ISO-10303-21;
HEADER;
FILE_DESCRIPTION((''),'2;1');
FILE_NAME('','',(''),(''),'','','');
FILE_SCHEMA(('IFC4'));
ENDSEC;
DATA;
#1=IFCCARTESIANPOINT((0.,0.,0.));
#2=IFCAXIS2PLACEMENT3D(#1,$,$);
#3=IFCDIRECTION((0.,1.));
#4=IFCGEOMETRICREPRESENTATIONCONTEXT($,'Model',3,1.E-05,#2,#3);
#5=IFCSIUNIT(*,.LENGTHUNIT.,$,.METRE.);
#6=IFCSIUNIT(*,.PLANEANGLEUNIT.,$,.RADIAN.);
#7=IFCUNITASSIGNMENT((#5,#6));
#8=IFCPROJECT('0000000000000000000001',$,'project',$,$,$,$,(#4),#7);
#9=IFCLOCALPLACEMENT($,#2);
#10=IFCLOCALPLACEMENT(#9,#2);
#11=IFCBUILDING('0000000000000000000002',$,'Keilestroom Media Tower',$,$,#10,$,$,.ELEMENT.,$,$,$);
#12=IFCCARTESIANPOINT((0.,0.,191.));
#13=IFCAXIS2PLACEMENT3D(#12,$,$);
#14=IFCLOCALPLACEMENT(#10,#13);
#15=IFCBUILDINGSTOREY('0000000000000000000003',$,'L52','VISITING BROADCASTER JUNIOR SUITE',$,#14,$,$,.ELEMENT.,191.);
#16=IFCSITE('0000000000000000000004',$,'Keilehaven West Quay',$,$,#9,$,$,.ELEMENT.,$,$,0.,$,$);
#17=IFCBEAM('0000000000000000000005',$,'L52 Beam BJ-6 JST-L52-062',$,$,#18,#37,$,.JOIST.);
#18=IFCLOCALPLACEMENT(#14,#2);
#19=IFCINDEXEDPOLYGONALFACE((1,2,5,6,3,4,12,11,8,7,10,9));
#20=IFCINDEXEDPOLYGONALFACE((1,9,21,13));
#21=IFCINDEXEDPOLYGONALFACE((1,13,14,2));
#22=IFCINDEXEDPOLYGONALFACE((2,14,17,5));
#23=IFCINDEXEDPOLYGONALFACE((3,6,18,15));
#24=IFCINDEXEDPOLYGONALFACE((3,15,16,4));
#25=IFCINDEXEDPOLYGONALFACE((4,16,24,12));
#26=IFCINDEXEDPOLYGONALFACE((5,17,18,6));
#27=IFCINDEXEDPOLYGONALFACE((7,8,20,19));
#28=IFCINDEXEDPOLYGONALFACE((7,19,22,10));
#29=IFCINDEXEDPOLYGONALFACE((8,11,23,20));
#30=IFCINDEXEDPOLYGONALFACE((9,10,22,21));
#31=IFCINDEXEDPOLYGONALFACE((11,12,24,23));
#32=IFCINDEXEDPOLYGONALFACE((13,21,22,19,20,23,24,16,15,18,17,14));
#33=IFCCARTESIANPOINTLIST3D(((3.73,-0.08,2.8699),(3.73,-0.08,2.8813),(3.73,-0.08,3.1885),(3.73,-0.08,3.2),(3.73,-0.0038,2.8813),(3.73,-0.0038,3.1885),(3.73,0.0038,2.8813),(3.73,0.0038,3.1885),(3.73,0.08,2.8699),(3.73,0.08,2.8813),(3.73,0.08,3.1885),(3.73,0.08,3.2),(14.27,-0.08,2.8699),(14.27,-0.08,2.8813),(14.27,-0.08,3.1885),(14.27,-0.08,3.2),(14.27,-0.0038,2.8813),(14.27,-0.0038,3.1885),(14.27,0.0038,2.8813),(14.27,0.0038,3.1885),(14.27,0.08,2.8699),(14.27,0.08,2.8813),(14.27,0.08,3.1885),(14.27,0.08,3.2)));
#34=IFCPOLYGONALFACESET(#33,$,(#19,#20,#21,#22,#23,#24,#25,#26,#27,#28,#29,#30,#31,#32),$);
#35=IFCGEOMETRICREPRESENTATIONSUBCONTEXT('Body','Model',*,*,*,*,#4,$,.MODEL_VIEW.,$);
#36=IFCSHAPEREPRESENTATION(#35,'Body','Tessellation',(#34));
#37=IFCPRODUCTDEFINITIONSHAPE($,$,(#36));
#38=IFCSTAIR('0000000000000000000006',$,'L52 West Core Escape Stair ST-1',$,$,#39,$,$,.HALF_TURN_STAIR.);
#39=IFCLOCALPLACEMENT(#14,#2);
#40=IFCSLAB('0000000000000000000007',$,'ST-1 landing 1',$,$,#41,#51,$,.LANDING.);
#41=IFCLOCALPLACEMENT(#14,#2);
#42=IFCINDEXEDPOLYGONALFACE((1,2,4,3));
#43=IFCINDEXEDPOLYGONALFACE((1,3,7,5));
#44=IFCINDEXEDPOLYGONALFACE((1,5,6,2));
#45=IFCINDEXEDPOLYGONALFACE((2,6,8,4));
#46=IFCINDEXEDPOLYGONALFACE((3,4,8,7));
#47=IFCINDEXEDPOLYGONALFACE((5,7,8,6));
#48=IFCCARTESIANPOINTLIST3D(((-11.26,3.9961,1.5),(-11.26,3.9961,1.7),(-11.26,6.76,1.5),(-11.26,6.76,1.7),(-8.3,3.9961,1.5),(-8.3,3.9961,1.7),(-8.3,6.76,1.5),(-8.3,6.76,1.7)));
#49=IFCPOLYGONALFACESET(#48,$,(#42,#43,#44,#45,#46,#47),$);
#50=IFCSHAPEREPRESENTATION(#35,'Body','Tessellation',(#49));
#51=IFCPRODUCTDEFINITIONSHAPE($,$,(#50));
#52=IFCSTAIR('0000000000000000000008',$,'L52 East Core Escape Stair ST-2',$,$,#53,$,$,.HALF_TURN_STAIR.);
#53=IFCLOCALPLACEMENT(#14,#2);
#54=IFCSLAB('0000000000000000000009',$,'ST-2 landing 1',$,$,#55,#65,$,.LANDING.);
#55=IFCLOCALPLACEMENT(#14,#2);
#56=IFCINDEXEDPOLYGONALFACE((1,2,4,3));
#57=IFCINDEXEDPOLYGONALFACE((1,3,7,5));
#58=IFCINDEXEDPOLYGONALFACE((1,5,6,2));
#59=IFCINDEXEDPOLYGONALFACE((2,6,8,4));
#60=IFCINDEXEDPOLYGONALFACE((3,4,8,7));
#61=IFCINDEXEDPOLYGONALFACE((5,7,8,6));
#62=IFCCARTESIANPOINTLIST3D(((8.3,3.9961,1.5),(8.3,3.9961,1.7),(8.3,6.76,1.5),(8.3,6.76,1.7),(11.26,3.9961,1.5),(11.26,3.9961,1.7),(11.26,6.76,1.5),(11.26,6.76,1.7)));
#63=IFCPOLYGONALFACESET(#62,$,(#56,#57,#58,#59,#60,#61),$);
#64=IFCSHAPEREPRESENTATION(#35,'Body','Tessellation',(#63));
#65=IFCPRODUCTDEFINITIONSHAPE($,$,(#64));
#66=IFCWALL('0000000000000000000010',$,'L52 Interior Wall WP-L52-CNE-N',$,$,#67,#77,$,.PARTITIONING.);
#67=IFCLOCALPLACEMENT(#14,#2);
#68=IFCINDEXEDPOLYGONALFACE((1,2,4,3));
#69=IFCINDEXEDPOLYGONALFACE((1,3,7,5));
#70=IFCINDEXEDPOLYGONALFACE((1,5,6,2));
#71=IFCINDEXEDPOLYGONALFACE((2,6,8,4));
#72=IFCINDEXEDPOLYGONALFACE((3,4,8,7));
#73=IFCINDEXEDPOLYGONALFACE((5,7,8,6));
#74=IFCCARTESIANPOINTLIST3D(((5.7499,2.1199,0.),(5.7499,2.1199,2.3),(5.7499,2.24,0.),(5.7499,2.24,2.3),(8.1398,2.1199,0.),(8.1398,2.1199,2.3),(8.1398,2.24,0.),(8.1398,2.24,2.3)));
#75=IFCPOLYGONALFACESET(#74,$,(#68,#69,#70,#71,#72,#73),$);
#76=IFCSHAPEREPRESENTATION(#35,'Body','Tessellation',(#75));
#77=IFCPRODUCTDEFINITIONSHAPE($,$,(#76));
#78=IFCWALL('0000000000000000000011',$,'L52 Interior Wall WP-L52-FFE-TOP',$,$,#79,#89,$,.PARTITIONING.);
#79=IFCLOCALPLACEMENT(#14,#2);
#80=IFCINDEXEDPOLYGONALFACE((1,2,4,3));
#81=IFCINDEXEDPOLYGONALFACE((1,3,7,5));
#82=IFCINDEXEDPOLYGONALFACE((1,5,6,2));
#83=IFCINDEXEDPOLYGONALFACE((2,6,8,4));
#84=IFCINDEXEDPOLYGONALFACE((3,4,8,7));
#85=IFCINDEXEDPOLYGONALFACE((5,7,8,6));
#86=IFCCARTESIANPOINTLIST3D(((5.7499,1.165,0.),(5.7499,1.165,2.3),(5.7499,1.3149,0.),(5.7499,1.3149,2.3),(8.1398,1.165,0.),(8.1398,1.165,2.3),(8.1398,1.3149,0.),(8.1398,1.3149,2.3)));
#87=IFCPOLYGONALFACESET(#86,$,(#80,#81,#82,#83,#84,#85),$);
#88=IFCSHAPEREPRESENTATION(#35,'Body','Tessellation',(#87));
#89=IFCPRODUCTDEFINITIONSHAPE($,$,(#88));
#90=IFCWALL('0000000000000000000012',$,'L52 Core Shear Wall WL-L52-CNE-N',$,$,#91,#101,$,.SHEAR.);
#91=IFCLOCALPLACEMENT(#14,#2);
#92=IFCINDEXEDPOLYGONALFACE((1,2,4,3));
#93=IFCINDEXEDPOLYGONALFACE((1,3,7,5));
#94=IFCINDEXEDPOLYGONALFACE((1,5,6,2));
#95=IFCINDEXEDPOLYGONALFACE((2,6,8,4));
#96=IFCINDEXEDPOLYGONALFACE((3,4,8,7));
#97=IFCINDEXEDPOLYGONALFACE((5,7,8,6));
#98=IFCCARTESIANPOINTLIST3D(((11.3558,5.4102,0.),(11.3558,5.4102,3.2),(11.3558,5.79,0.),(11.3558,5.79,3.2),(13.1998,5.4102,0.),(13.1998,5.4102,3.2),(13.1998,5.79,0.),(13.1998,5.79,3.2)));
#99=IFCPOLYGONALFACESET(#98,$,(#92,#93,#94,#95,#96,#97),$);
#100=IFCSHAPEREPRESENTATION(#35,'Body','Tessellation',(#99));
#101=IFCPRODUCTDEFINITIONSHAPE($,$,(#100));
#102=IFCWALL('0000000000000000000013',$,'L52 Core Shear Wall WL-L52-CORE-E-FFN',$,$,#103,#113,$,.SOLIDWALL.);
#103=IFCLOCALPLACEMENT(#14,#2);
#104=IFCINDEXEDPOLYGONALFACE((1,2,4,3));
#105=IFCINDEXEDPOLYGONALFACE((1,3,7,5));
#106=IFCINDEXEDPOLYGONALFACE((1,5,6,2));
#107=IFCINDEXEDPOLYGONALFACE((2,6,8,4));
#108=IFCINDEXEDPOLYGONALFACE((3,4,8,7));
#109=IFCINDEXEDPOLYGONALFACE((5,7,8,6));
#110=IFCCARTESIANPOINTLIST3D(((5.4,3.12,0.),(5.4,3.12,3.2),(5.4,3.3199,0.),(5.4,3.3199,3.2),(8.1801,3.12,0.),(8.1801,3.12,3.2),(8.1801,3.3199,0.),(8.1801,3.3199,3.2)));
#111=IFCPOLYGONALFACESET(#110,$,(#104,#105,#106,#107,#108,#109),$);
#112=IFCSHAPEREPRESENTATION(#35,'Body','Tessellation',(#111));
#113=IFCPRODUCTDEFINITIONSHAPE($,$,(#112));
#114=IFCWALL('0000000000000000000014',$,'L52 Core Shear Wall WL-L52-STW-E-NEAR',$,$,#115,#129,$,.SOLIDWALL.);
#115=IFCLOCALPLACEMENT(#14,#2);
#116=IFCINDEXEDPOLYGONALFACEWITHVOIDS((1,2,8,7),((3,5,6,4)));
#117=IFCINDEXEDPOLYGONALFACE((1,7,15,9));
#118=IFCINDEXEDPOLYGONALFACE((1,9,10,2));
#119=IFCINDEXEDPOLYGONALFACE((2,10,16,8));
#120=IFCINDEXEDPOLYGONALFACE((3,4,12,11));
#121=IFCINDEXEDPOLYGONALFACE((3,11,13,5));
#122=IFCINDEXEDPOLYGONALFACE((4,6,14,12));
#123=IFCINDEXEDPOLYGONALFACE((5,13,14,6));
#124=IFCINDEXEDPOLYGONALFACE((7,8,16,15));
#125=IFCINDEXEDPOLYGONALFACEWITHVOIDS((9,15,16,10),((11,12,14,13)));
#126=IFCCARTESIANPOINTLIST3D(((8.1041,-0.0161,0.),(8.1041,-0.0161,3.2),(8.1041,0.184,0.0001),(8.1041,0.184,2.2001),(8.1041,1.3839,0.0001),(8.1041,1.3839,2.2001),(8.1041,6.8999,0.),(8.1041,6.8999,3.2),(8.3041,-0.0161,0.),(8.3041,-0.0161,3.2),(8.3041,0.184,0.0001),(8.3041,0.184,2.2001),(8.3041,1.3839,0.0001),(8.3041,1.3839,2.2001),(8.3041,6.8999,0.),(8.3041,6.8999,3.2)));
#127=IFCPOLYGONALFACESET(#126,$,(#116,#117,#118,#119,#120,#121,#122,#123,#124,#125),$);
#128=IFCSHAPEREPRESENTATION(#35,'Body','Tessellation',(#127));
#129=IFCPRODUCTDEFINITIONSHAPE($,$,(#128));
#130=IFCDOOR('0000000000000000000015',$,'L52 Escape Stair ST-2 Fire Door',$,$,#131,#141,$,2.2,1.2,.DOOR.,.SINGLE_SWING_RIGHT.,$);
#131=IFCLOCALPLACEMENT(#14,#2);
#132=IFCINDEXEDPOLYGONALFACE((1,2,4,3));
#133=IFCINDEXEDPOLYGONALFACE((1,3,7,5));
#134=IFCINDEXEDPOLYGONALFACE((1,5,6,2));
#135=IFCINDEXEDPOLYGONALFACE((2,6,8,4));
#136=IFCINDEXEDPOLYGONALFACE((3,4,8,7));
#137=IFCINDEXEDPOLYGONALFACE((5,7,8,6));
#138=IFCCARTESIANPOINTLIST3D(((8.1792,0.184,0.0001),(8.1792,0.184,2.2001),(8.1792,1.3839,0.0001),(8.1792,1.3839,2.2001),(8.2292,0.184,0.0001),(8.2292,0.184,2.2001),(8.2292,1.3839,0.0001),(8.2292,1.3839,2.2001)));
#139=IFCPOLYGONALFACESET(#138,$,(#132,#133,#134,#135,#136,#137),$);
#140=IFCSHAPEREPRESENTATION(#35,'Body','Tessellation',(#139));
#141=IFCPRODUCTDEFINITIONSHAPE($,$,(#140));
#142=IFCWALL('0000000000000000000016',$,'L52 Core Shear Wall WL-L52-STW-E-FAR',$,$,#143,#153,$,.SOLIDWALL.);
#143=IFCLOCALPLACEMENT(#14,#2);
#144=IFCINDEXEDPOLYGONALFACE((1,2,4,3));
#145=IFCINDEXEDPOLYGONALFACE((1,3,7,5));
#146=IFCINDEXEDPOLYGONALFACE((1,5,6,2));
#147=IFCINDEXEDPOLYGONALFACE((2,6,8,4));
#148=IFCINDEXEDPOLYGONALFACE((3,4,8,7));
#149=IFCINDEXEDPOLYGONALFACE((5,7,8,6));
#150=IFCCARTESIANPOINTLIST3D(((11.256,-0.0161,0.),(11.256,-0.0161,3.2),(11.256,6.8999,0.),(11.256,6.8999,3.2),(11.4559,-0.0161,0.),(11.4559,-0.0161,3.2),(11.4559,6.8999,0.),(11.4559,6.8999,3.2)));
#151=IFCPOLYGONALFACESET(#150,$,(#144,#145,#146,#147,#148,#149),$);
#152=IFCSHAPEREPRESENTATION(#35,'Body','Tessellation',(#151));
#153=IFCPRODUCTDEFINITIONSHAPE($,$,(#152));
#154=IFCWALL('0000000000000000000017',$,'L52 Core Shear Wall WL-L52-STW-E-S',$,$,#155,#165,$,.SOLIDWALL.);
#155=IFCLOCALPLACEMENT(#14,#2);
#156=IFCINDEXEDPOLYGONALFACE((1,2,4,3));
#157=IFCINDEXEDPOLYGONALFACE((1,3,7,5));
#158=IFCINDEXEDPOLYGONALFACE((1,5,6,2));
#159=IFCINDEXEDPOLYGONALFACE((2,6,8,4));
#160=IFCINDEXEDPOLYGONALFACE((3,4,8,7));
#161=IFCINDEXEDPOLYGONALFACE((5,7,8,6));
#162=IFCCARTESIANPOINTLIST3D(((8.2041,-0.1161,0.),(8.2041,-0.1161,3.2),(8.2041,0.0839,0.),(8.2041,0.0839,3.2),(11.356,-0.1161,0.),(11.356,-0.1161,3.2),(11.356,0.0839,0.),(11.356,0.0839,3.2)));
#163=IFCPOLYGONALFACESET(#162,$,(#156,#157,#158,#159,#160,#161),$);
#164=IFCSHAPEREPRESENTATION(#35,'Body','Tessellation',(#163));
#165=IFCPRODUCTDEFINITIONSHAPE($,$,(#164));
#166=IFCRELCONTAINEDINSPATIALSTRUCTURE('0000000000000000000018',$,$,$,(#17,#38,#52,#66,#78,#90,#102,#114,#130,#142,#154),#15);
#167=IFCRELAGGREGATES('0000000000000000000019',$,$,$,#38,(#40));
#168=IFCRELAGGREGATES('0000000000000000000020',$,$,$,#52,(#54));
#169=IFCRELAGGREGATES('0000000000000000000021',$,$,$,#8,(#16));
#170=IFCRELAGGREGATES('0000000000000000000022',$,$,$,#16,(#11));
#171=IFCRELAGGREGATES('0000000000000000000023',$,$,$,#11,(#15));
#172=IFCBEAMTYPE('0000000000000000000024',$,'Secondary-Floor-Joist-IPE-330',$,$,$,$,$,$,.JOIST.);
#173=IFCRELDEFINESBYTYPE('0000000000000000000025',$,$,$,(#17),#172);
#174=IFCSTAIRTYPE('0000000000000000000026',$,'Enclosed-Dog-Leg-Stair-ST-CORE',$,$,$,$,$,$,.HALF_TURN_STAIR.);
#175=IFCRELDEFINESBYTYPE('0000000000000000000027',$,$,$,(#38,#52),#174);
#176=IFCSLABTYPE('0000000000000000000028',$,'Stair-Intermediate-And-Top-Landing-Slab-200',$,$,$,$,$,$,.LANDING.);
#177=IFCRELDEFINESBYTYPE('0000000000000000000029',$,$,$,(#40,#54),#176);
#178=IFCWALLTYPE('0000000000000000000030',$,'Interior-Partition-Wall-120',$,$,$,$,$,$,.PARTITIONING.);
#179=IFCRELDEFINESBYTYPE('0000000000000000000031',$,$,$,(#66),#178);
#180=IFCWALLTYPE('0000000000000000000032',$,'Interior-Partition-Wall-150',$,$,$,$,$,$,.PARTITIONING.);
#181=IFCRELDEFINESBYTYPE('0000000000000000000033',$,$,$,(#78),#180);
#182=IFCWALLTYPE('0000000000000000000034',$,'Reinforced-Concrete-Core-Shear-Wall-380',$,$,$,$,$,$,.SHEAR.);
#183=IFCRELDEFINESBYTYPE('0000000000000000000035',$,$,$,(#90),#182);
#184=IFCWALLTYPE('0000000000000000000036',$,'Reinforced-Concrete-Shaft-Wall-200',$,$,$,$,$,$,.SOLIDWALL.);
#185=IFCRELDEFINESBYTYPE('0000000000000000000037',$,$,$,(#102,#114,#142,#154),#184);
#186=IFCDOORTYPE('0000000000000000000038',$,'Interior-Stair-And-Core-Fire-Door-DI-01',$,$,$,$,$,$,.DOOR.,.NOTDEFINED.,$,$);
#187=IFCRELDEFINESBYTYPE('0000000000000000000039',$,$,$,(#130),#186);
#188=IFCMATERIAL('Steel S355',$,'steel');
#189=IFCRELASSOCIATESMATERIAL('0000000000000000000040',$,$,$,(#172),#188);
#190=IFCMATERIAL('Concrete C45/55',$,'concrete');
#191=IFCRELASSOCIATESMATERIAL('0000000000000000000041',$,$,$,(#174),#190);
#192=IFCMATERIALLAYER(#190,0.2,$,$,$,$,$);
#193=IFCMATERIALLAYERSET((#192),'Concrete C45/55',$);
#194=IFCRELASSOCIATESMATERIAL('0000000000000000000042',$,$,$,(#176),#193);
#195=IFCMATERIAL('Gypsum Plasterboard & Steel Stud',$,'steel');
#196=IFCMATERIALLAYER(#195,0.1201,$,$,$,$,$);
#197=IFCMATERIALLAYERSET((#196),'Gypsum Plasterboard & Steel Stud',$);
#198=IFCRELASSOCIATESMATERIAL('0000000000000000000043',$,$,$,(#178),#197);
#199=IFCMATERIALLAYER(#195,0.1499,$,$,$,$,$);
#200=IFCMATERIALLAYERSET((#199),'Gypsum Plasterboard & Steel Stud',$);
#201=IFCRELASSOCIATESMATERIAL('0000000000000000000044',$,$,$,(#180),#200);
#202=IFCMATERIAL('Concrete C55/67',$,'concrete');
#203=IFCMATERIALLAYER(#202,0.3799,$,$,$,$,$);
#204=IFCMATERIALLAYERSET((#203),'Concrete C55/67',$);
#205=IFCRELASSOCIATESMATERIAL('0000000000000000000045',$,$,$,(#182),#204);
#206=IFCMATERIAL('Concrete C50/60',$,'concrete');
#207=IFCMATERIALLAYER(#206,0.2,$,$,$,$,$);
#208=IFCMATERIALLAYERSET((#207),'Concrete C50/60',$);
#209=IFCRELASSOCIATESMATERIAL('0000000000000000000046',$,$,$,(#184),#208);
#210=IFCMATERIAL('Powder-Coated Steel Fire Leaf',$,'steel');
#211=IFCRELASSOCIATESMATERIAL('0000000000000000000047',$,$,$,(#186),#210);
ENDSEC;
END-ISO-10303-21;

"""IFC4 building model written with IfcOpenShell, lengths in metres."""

from ifc_helpers import new_model, si_unit, direction, frame, frame_2d, origin, origin_2d, place, context, subcontext, project, spatial, polyline, rectangle, i_section, outline, extrude, source, transform, mapped, material, layer, layer_set, material_profile, profile_set, type_object, element, fill, aggregate, save


model = new_model("IFC4")

# Units and contexts
model_context = context("Model", 3, precision=1e-05, world=origin(), true_north=direction((0.0, 1.0)))
body_context = subcontext(model_context, "Body", "Model", "MODEL_VIEW")
ifc_project = project(units=[si_unit("LENGTHUNIT", "METRE"), si_unit("PLANEANGLEUNIT", "RADIAN")], contexts=[model_context])

# Site, building, storey
site_placement = place(None, origin())
site = spatial("IfcSite", under=ifc_project, at=site_placement, Name="Keilehaven West Quay", CompositionType="ELEMENT", RefElevation=0.0)
building_placement = place(site_placement, origin())
building = spatial("IfcBuilding", under=site, at=building_placement, Name="Keilestroom Media Tower", CompositionType="ELEMENT")
storey_placement = place(building_placement, frame((0.0, 0.0, 191.0)))
storey = spatial("IfcBuildingStorey", under=building, at=storey_placement, Name="L52", Description="VISITING BROADCASTER JUNIOR SUITE", CompositionType="ELEMENT", Elevation=191.0)

# Beam
ifc_material_1 = material(Name="Steel S355", Category="steel")
ifc_material_profile = material_profile(ifc_material_1, i_section(OverallWidth=0.1599, OverallDepth=0.3301, WebThickness=0.0076, FlangeThickness=0.0115, at=origin_2d()), Name="IPE 330")
ifc_profile_set = profile_set([ifc_material_profile], Name="Steel S355")
beam_type = type_object("IfcBeamType", Name="Secondary-Floor-Joist-IPE-330", PredefinedType="JOIST", material=ifc_profile_set)
shared_shape_1 = source(origin(), body_context, "Body", "SweptSolid", [
    extrude(i_section(OverallWidth=0.1599, OverallDepth=0.3301, WebThickness=0.0076, FlangeThickness=0.0115, at=origin_2d()), origin(), (0.0, 0.0, 1.0), 10.54),
])
beam_placement = place(storey_placement, frame((3.73, 0.0, 3.0349), z_axis=(1.0, 0.0, 0.0), x_axis=(0.0, 1.0, 0.0)))
element("IfcBeam", 1, at=beam_placement, inside=storey, type_object=beam_type, Name="L52 Beam BJ-6 JST-L52-062", PredefinedType="JOIST", context=body_context, shape_type="MappedRepresentation", body=[
    mapped(shared_shape_1, transform((0.0, 0.0, 0.0), x_axis=(1.0, 0.0, 0.0), y_axis=(0.0, 1.0, 0.0), z_axis=(0.0, 0.0, 1.0), scale=1.0)),
])

# Stairs, slabs
ifc_material_2 = material(Name="Concrete C45/55", Category="concrete")
stair_type = type_object("IfcStairType", Name="Enclosed-Dog-Leg-Stair-ST-CORE", PredefinedType="HALF_TURN_STAIR", material=ifc_material_2)
stair_1_placement = place(storey_placement, origin())
stair_1 = element("IfcStair", 2, at=stair_1_placement, inside=storey, type_object=stair_type, Name="L52 West Core Escape Stair ST-1", PredefinedType="HALF_TURN_STAIR")
ifc_layer_1 = layer(ifc_material_2, 0.2)
ifc_layer_set_1 = layer_set([ifc_layer_1], Name="Concrete C45/55")
slab_type = type_object("IfcSlabType", Name="Stair-Intermediate-And-Top-Landing-Slab-200", PredefinedType="LANDING", material=ifc_layer_set_1)
slab_1_placement = place(storey_placement, frame((0.0, 0.0, 1.5)))
slab_1 = element("IfcSlab", 3, at=slab_1_placement, type_object=slab_type, Name="ST-1 landing 1", PredefinedType="LANDING", context=body_context, shape_type="SweptSolid", body=[
    extrude(outline(polyline([(-8.3, 3.9961), (-8.3, 6.76), (-11.26, 6.76), (-11.26, 3.9961), (-8.3, 3.9961)])), origin(), (0.0, 0.0, 1.0), 0.2),
])
aggregate(stair_1, [slab_1])
stair_2_placement = place(storey_placement, origin())
stair_2 = element("IfcStair", 4, at=stair_2_placement, inside=storey, type_object=stair_type, Name="L52 East Core Escape Stair ST-2", PredefinedType="HALF_TURN_STAIR")
slab_2_placement = place(storey_placement, frame((0.0, 0.0, 1.5)))
slab_2 = element("IfcSlab", 5, at=slab_2_placement, type_object=slab_type, Name="ST-2 landing 1", PredefinedType="LANDING", context=body_context, shape_type="SweptSolid", body=[
    extrude(outline(polyline([(11.26, 3.9961), (11.26, 6.76), (8.3, 6.76), (8.3, 3.9961), (11.26, 3.9961)])), origin(), (0.0, 0.0, 1.0), 0.2),
])

# Walls
ifc_material_3 = material(Name="Gypsum Plasterboard & Steel Stud", Category="steel")
ifc_layer_2 = layer(ifc_material_3, 0.1201)
ifc_layer_set_2 = layer_set([ifc_layer_2], Name="Gypsum Plasterboard & Steel Stud")
wall_type_1 = type_object("IfcWallType", Name="Interior-Partition-Wall-120", PredefinedType="PARTITIONING", material=ifc_layer_set_2)
wall_1_placement = place(storey_placement, frame((5.75, 2.1799, 0.0), z_axis=(0.0, 0.0, 1.0), x_axis=(1.0, 0.0, 0.0)))
element("IfcWall", 6, at=wall_1_placement, inside=storey, type_object=wall_type_1, Name="L52 Interior Wall WP-L52-CNE-N", PredefinedType="PARTITIONING", context=body_context, shape_type="SweptSolid", body=[
    extrude(rectangle(XDim=2.3899, YDim=0.1201, at=frame_2d((1.1948, 0.0))), origin(), (0.0, 0.0, 1.0), 2.3),
])
ifc_layer_3 = layer(ifc_material_3, 0.1499)
ifc_layer_set_3 = layer_set([ifc_layer_3], Name="Gypsum Plasterboard & Steel Stud")
wall_type_2 = type_object("IfcWallType", Name="Interior-Partition-Wall-150", PredefinedType="PARTITIONING", material=ifc_layer_set_3)
wall_2_placement = place(storey_placement, frame((5.75, 1.24, 0.0), z_axis=(0.0, 0.0, 1.0), x_axis=(1.0, 0.0, 0.0)))
element("IfcWall", 7, at=wall_2_placement, inside=storey, type_object=wall_type_2, Name="L52 Interior Wall WP-L52-FFE-TOP", PredefinedType="PARTITIONING", context=body_context, shape_type="SweptSolid", body=[
    extrude(rectangle(XDim=2.3899, YDim=0.1499, at=frame_2d((1.1948, 0.0))), origin(), (0.0, 0.0, 1.0), 2.3),
])
ifc_material_4 = material(Name="Concrete C55/67", Category="concrete")
ifc_layer_4 = layer(ifc_material_4, 0.3799)
ifc_layer_set_4 = layer_set([ifc_layer_4], Name="Concrete C55/67")
wall_type_3 = type_object("IfcWallType", Name="Reinforced-Concrete-Core-Shear-Wall-380", PredefinedType="SHEAR", material=ifc_layer_set_4)
wall_3_placement = place(storey_placement, frame((11.356, 5.6001, 0.0), z_axis=(0.0, 0.0, 1.0), x_axis=(1.0, 0.0, 0.0)))
element("IfcWall", 8, at=wall_3_placement, inside=storey, type_object=wall_type_3, Name="L52 Core Shear Wall WL-L52-CNE-N", PredefinedType="SHEAR", context=body_context, shape_type="SweptSolid", body=[
    extrude(rectangle(XDim=1.844, YDim=0.3799, at=frame_2d((0.9219, 0.0))), origin(), (0.0, 0.0, 1.0), 3.2),
])
ifc_material_5 = material(Name="Concrete C50/60", Category="concrete")
ifc_layer_5 = layer(ifc_material_5, 0.2)
ifc_layer_set_5 = layer_set([ifc_layer_5], Name="Concrete C50/60")
wall_type_4 = type_object("IfcWallType", Name="Reinforced-Concrete-Shaft-Wall-200", PredefinedType="SOLIDWALL", material=ifc_layer_set_5)
wall_4_placement = place(storey_placement, frame((5.3999, 3.22, 0.0), z_axis=(0.0, 0.0, 1.0), x_axis=(1.0, 0.0, 0.0)))
element("IfcWall", 9, at=wall_4_placement, inside=storey, type_object=wall_type_4, Name="L52 Core Shear Wall WL-L52-CORE-E-FFN", PredefinedType="SOLIDWALL", context=body_context, shape_type="SweptSolid", body=[
    extrude(rectangle(XDim=2.78, YDim=0.2, at=frame_2d((1.3901, 0.0))), origin(), (0.0, 0.0, 1.0), 3.2),
])

# Wall, opening, door
wall_5_placement = place(storey_placement, frame((8.2041, -0.0161, 0.0), z_axis=(0.0, 0.0, 1.0), x_axis=(0.0, 1.0, 0.0)))
wall_5 = element("IfcWall", 10, at=wall_5_placement, inside=storey, type_object=wall_type_4, Name="L52 Core Shear Wall WL-L52-STW-E-NEAR", PredefinedType="SOLIDWALL", context=body_context, shape_type="SweptSolid", body=[
    extrude(rectangle(XDim=6.916, YDim=0.2, at=frame_2d((3.458, 0.0))), origin(), (0.0, 0.0, 1.0), 3.2),
])
opening_1_placement = place(wall_5_placement, frame((0.2, 0.0, 0.0)))
opening_1 = element("IfcOpeningElement", 11, at=opening_1_placement, cuts=wall_5, PredefinedType="OPENING", context=body_context, shape_type="SweptSolid", body=[
    extrude(rectangle(XDim=1.2, YDim=2.2, at=frame_2d((0.6001, 1.1001))), frame((0.0, 0.1099, 0.0), z_axis=(0.0, -1.0, 0.0), x_axis=(1.0, 0.0, 0.0)), (0.0, 0.0, 1.0), 0.22),
])
ifc_material_6 = material(Name="Powder-Coated Steel Fire Leaf", Category="steel")
door_type_1 = type_object("IfcDoorType", Name="Interior-Stair-And-Core-Fire-Door-DI-01", OperationType="NOTDEFINED", PredefinedType="DOOR", material=ifc_material_6)
shared_shape_2 = source(origin(), body_context, "Body", "SweptSolid", [
    extrude(rectangle(XDim=1.2, YDim=2.2, at=frame_2d((0.6001, 1.1001))), frame((0.0, 0.0249, 0.0), z_axis=(0.0, -1.0, 0.0), x_axis=(1.0, 0.0, 0.0)), (0.0, 0.0, 1.0), 0.05),
])
door_1_placement = place(opening_1_placement, origin())
door_1 = element("IfcDoor", 12, at=door_1_placement, inside=storey, type_object=door_type_1, Name="L52 Escape Stair ST-2 Fire Door", OperationType="SINGLE_SWING_RIGHT", OverallHeight=2.2, OverallWidth=1.2, PredefinedType="DOOR", context=body_context, shape_type="MappedRepresentation", body=[
    mapped(shared_shape_2, transform((0.0, 0.0, 0.0), x_axis=(1.0, 0.0, 0.0), y_axis=(0.0, 1.0, 0.0), z_axis=(0.0, 0.0, 1.0), scale=1.0)),
])
fill(opening_1, door_1)

# Walls
wall_6_placement = place(storey_placement, frame((11.356, -0.0161, 0.0), z_axis=(0.0, 0.0, 1.0), x_axis=(0.0, 1.0, 0.0)))
element("IfcWall", 13, at=wall_6_placement, inside=storey, type_object=wall_type_4, Name="L52 Core Shear Wall WL-L52-STW-E-FAR", PredefinedType="SOLIDWALL", context=body_context, shape_type="SweptSolid", body=[
    extrude(rectangle(XDim=6.916, YDim=0.2, at=frame_2d((3.458, 0.0))), origin(), (0.0, 0.0, 1.0), 3.2),
])
wall_7_placement = place(storey_placement, frame((8.2041, -0.0161, 0.0), z_axis=(0.0, 0.0, 1.0), x_axis=(1.0, 0.0, 0.0)))
element("IfcWall", 14, at=wall_7_placement, inside=storey, type_object=wall_type_4, Name="L52 Core Shear Wall WL-L52-STW-E-S", PredefinedType="SOLIDWALL", context=body_context, shape_type="SweptSolid", body=[
    extrude(rectangle(XDim=3.1519, YDim=0.2, at=frame_2d((1.5759, 0.0))), origin(), (0.0, 0.0, 1.0), 3.2),
])

aggregate(stair_2, [slab_2])

save(model, "model.ifc")
